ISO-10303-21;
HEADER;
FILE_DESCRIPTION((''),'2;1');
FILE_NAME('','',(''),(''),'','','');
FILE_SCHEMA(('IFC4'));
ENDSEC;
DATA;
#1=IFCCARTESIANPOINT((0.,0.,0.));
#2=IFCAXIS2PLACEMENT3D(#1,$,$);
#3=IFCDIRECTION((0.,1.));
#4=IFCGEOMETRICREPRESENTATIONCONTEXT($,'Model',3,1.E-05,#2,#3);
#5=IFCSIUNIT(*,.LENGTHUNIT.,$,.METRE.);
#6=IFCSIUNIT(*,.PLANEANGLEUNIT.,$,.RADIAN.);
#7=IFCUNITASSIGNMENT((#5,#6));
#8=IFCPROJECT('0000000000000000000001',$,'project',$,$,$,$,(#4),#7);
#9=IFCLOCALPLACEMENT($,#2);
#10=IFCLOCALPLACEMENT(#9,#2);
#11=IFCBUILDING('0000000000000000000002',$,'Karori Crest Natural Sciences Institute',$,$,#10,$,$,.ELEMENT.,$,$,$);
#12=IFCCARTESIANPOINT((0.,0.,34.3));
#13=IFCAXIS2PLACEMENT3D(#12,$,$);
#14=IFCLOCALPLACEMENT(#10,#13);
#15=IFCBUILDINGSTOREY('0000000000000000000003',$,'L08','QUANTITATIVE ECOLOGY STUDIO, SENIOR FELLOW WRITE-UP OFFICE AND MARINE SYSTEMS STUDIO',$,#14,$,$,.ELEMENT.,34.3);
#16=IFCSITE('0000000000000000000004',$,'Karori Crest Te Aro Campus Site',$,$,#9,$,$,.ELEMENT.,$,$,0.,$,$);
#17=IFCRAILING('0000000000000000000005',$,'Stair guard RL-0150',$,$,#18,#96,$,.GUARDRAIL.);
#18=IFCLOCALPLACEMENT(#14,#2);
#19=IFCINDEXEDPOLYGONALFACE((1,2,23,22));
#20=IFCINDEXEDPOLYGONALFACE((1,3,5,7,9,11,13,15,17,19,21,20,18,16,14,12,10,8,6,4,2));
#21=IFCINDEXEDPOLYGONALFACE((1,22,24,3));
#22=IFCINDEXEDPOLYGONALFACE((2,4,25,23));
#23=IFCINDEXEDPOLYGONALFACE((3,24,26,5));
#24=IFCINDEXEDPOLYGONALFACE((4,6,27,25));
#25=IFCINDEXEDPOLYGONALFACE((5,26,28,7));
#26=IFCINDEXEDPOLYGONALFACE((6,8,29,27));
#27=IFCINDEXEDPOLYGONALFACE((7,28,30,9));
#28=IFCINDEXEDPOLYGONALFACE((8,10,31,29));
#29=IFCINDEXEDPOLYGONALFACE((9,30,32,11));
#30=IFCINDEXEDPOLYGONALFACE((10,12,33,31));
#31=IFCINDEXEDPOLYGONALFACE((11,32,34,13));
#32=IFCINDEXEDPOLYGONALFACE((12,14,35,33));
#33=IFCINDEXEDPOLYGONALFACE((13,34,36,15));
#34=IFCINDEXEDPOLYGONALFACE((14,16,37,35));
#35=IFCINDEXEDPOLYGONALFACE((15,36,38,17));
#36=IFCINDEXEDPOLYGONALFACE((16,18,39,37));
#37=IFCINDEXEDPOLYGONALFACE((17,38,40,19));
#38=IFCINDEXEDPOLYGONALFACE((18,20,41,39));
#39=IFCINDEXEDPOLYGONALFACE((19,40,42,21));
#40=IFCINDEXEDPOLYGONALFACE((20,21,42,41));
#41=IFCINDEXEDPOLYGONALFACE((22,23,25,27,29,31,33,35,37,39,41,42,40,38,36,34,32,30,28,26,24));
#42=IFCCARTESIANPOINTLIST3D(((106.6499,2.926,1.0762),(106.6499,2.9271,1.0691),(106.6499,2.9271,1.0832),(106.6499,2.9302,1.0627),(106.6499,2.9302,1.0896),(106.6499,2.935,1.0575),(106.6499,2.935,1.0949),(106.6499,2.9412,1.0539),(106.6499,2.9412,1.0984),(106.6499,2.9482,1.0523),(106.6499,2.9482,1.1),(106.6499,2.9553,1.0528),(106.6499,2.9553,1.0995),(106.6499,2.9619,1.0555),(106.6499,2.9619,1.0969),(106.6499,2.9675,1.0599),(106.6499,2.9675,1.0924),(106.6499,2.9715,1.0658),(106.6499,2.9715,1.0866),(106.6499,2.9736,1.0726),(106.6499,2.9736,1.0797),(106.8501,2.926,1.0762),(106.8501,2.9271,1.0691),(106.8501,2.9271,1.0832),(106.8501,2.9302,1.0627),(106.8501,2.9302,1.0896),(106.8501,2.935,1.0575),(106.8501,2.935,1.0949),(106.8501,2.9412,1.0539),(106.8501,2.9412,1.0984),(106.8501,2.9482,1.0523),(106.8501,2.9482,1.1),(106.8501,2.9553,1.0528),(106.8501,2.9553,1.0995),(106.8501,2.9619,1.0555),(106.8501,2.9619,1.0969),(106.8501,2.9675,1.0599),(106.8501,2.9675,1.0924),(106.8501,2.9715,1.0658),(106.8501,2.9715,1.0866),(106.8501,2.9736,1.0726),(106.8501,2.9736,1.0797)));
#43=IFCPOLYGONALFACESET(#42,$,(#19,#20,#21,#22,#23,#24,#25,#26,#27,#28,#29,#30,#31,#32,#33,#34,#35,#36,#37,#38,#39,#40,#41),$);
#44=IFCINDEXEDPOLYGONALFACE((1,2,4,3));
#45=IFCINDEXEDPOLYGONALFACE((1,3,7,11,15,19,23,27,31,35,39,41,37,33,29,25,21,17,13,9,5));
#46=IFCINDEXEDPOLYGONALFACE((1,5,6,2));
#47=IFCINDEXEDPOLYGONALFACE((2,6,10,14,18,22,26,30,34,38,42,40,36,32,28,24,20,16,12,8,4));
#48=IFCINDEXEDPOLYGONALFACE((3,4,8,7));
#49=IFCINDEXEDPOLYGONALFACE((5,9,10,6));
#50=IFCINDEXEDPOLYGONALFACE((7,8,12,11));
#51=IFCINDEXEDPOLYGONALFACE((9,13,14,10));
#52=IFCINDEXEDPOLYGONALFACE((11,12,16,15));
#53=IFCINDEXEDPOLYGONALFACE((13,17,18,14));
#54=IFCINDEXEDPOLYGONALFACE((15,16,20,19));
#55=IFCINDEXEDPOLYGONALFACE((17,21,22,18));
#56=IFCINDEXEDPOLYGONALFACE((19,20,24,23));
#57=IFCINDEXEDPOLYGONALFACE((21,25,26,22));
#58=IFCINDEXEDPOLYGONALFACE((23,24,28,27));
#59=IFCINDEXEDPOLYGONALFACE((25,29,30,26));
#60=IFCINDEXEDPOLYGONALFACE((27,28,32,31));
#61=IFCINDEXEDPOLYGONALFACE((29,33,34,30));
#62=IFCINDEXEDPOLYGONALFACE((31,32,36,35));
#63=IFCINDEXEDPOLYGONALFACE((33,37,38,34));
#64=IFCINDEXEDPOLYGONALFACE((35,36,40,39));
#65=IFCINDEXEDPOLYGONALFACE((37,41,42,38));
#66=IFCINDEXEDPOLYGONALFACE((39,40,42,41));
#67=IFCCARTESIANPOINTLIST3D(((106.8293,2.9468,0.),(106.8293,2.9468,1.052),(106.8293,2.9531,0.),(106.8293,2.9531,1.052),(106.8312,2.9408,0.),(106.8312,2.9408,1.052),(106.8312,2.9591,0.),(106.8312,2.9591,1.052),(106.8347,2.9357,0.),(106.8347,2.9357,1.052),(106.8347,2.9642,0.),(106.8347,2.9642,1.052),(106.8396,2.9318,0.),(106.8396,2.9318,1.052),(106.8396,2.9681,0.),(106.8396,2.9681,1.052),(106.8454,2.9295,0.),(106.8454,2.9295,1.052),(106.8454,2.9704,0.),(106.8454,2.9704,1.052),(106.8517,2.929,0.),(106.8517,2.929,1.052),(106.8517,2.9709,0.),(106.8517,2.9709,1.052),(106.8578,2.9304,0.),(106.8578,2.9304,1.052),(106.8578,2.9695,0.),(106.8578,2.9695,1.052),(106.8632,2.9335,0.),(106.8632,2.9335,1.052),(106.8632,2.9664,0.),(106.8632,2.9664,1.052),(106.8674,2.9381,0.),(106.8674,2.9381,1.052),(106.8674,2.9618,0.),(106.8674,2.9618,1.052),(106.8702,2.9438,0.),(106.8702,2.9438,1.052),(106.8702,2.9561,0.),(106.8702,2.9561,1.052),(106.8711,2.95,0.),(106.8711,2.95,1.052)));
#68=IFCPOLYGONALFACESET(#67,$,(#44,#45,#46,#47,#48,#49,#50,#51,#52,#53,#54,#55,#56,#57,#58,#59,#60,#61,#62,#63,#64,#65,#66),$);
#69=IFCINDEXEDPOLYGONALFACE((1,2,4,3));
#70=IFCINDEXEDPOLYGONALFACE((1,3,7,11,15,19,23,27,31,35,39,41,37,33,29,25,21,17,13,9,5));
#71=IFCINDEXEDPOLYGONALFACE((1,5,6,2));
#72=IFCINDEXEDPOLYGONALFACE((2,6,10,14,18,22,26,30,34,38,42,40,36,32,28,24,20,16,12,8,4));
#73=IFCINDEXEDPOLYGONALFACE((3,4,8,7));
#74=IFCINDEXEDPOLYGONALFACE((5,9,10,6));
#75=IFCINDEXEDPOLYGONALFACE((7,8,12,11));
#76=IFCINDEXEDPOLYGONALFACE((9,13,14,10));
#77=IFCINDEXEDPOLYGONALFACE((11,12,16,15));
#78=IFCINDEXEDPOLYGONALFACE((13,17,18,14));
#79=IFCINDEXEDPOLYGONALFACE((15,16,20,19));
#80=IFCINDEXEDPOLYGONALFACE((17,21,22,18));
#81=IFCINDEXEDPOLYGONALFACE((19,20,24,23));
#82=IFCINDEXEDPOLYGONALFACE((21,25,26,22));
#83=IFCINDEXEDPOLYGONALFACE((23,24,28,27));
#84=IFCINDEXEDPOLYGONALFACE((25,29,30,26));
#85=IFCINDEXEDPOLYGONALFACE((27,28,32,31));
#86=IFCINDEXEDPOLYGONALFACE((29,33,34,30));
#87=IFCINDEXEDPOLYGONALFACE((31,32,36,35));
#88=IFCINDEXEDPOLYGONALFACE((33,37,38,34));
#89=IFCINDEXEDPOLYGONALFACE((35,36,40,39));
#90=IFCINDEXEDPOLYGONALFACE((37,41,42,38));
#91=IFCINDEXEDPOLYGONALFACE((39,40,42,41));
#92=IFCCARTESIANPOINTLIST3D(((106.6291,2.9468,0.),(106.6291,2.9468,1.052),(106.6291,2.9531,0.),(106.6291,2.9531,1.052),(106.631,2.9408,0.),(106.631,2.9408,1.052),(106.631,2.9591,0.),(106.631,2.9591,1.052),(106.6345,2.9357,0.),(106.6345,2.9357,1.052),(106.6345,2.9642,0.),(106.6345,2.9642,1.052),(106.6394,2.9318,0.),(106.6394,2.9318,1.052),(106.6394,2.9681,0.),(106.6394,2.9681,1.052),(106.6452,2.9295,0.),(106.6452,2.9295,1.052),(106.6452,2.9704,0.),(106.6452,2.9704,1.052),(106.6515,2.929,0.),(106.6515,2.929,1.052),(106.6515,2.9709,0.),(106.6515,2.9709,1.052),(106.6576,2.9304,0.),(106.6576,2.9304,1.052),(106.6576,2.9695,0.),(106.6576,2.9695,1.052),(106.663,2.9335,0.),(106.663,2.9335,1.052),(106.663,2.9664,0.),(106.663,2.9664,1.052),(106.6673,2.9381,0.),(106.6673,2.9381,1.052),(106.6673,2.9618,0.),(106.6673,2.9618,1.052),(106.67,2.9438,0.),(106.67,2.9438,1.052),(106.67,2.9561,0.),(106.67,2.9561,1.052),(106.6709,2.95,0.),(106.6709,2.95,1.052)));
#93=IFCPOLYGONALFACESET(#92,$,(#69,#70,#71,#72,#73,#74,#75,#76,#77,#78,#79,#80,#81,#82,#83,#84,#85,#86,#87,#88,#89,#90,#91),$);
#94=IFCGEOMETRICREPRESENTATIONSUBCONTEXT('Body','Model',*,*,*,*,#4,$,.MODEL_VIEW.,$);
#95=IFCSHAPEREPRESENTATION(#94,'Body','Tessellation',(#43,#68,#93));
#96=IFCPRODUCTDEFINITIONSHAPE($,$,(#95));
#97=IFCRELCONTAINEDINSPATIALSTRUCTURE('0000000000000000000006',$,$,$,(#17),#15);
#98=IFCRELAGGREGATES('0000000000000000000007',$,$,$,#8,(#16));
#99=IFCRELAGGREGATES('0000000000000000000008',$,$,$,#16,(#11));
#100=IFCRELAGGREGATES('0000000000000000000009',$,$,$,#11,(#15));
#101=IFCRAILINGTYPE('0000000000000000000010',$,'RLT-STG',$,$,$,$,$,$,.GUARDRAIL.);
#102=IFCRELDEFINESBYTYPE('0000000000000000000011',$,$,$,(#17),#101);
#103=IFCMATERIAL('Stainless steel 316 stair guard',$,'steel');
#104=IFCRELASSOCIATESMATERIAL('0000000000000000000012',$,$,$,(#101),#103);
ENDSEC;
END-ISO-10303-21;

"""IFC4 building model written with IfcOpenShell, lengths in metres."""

from ifc_helpers import new_model, si_unit, direction, frame, origin, origin_2d, place, context, subcontext, project, spatial, circle, extrude, material, type_object, element, save


model = new_model("IFC4")

# Units and contexts
model_context = context("Model", 3, precision=1e-05, world=origin(), true_north=direction((0.0, 1.0)))
body_context = subcontext(model_context, "Body", "Model", "MODEL_VIEW")
ifc_project = project(units=[si_unit("LENGTHUNIT", "METRE"), si_unit("PLANEANGLEUNIT", "RADIAN")], contexts=[model_context])

# Site, building, storey
site_placement = place(None, origin())
site = spatial("IfcSite", under=ifc_project, at=site_placement, Name="Karori Crest Te Aro Campus Site", CompositionType="ELEMENT", RefElevation=0.0)
building_placement = place(site_placement, origin())
building = spatial("IfcBuilding", under=site, at=building_placement, Name="Karori Crest Natural Sciences Institute", CompositionType="ELEMENT")
storey_placement = place(building_placement, frame((0.0, 0.0, 34.3)))
storey = spatial("IfcBuildingStorey", under=building, at=storey_placement, Name="L08", Description="QUANTITATIVE ECOLOGY STUDIO, SENIOR FELLOW WRITE-UP OFFICE AND MARINE SYSTEMS STUDIO", CompositionType="ELEMENT", Elevation=34.3)

# Railing
ifc_material_1 = material(Name="Stainless steel 316 stair guard", Category="steel")
railing_type_1 = type_object("IfcRailingType", Name="RLT-STG", PredefinedType="GUARDRAIL", material=ifc_material_1)
railing_1_placement = place(storey_placement, frame((106.8501, 2.95, 0.0)))
element("IfcRailing", 1, at=railing_1_placement, inside=storey, type_object=railing_type_1, Name="Stair guard RL-0150", PredefinedType="GUARDRAIL", context=body_context, shape_type="SweptSolid", body=[
    extrude(circle(Radius=0.0239, at=origin_2d()), frame((0.0, 0.0, 1.0762), z_axis=(-1.0, 0.0, 0.0), x_axis=(0.0, -1.0, 0.0)), (0.0, 0.0, 1.0), 0.2002),
    extrude(circle(Radius=0.021, at=origin_2d()), origin(), (0.0, 0.0, 1.0), 1.052),
    extrude(circle(Radius=0.021, at=origin_2d()), frame((-0.2002, 0.0, 0.0)), (0.0, 0.0, 1.0), 1.052),
])

save(model, "model.ifc")
